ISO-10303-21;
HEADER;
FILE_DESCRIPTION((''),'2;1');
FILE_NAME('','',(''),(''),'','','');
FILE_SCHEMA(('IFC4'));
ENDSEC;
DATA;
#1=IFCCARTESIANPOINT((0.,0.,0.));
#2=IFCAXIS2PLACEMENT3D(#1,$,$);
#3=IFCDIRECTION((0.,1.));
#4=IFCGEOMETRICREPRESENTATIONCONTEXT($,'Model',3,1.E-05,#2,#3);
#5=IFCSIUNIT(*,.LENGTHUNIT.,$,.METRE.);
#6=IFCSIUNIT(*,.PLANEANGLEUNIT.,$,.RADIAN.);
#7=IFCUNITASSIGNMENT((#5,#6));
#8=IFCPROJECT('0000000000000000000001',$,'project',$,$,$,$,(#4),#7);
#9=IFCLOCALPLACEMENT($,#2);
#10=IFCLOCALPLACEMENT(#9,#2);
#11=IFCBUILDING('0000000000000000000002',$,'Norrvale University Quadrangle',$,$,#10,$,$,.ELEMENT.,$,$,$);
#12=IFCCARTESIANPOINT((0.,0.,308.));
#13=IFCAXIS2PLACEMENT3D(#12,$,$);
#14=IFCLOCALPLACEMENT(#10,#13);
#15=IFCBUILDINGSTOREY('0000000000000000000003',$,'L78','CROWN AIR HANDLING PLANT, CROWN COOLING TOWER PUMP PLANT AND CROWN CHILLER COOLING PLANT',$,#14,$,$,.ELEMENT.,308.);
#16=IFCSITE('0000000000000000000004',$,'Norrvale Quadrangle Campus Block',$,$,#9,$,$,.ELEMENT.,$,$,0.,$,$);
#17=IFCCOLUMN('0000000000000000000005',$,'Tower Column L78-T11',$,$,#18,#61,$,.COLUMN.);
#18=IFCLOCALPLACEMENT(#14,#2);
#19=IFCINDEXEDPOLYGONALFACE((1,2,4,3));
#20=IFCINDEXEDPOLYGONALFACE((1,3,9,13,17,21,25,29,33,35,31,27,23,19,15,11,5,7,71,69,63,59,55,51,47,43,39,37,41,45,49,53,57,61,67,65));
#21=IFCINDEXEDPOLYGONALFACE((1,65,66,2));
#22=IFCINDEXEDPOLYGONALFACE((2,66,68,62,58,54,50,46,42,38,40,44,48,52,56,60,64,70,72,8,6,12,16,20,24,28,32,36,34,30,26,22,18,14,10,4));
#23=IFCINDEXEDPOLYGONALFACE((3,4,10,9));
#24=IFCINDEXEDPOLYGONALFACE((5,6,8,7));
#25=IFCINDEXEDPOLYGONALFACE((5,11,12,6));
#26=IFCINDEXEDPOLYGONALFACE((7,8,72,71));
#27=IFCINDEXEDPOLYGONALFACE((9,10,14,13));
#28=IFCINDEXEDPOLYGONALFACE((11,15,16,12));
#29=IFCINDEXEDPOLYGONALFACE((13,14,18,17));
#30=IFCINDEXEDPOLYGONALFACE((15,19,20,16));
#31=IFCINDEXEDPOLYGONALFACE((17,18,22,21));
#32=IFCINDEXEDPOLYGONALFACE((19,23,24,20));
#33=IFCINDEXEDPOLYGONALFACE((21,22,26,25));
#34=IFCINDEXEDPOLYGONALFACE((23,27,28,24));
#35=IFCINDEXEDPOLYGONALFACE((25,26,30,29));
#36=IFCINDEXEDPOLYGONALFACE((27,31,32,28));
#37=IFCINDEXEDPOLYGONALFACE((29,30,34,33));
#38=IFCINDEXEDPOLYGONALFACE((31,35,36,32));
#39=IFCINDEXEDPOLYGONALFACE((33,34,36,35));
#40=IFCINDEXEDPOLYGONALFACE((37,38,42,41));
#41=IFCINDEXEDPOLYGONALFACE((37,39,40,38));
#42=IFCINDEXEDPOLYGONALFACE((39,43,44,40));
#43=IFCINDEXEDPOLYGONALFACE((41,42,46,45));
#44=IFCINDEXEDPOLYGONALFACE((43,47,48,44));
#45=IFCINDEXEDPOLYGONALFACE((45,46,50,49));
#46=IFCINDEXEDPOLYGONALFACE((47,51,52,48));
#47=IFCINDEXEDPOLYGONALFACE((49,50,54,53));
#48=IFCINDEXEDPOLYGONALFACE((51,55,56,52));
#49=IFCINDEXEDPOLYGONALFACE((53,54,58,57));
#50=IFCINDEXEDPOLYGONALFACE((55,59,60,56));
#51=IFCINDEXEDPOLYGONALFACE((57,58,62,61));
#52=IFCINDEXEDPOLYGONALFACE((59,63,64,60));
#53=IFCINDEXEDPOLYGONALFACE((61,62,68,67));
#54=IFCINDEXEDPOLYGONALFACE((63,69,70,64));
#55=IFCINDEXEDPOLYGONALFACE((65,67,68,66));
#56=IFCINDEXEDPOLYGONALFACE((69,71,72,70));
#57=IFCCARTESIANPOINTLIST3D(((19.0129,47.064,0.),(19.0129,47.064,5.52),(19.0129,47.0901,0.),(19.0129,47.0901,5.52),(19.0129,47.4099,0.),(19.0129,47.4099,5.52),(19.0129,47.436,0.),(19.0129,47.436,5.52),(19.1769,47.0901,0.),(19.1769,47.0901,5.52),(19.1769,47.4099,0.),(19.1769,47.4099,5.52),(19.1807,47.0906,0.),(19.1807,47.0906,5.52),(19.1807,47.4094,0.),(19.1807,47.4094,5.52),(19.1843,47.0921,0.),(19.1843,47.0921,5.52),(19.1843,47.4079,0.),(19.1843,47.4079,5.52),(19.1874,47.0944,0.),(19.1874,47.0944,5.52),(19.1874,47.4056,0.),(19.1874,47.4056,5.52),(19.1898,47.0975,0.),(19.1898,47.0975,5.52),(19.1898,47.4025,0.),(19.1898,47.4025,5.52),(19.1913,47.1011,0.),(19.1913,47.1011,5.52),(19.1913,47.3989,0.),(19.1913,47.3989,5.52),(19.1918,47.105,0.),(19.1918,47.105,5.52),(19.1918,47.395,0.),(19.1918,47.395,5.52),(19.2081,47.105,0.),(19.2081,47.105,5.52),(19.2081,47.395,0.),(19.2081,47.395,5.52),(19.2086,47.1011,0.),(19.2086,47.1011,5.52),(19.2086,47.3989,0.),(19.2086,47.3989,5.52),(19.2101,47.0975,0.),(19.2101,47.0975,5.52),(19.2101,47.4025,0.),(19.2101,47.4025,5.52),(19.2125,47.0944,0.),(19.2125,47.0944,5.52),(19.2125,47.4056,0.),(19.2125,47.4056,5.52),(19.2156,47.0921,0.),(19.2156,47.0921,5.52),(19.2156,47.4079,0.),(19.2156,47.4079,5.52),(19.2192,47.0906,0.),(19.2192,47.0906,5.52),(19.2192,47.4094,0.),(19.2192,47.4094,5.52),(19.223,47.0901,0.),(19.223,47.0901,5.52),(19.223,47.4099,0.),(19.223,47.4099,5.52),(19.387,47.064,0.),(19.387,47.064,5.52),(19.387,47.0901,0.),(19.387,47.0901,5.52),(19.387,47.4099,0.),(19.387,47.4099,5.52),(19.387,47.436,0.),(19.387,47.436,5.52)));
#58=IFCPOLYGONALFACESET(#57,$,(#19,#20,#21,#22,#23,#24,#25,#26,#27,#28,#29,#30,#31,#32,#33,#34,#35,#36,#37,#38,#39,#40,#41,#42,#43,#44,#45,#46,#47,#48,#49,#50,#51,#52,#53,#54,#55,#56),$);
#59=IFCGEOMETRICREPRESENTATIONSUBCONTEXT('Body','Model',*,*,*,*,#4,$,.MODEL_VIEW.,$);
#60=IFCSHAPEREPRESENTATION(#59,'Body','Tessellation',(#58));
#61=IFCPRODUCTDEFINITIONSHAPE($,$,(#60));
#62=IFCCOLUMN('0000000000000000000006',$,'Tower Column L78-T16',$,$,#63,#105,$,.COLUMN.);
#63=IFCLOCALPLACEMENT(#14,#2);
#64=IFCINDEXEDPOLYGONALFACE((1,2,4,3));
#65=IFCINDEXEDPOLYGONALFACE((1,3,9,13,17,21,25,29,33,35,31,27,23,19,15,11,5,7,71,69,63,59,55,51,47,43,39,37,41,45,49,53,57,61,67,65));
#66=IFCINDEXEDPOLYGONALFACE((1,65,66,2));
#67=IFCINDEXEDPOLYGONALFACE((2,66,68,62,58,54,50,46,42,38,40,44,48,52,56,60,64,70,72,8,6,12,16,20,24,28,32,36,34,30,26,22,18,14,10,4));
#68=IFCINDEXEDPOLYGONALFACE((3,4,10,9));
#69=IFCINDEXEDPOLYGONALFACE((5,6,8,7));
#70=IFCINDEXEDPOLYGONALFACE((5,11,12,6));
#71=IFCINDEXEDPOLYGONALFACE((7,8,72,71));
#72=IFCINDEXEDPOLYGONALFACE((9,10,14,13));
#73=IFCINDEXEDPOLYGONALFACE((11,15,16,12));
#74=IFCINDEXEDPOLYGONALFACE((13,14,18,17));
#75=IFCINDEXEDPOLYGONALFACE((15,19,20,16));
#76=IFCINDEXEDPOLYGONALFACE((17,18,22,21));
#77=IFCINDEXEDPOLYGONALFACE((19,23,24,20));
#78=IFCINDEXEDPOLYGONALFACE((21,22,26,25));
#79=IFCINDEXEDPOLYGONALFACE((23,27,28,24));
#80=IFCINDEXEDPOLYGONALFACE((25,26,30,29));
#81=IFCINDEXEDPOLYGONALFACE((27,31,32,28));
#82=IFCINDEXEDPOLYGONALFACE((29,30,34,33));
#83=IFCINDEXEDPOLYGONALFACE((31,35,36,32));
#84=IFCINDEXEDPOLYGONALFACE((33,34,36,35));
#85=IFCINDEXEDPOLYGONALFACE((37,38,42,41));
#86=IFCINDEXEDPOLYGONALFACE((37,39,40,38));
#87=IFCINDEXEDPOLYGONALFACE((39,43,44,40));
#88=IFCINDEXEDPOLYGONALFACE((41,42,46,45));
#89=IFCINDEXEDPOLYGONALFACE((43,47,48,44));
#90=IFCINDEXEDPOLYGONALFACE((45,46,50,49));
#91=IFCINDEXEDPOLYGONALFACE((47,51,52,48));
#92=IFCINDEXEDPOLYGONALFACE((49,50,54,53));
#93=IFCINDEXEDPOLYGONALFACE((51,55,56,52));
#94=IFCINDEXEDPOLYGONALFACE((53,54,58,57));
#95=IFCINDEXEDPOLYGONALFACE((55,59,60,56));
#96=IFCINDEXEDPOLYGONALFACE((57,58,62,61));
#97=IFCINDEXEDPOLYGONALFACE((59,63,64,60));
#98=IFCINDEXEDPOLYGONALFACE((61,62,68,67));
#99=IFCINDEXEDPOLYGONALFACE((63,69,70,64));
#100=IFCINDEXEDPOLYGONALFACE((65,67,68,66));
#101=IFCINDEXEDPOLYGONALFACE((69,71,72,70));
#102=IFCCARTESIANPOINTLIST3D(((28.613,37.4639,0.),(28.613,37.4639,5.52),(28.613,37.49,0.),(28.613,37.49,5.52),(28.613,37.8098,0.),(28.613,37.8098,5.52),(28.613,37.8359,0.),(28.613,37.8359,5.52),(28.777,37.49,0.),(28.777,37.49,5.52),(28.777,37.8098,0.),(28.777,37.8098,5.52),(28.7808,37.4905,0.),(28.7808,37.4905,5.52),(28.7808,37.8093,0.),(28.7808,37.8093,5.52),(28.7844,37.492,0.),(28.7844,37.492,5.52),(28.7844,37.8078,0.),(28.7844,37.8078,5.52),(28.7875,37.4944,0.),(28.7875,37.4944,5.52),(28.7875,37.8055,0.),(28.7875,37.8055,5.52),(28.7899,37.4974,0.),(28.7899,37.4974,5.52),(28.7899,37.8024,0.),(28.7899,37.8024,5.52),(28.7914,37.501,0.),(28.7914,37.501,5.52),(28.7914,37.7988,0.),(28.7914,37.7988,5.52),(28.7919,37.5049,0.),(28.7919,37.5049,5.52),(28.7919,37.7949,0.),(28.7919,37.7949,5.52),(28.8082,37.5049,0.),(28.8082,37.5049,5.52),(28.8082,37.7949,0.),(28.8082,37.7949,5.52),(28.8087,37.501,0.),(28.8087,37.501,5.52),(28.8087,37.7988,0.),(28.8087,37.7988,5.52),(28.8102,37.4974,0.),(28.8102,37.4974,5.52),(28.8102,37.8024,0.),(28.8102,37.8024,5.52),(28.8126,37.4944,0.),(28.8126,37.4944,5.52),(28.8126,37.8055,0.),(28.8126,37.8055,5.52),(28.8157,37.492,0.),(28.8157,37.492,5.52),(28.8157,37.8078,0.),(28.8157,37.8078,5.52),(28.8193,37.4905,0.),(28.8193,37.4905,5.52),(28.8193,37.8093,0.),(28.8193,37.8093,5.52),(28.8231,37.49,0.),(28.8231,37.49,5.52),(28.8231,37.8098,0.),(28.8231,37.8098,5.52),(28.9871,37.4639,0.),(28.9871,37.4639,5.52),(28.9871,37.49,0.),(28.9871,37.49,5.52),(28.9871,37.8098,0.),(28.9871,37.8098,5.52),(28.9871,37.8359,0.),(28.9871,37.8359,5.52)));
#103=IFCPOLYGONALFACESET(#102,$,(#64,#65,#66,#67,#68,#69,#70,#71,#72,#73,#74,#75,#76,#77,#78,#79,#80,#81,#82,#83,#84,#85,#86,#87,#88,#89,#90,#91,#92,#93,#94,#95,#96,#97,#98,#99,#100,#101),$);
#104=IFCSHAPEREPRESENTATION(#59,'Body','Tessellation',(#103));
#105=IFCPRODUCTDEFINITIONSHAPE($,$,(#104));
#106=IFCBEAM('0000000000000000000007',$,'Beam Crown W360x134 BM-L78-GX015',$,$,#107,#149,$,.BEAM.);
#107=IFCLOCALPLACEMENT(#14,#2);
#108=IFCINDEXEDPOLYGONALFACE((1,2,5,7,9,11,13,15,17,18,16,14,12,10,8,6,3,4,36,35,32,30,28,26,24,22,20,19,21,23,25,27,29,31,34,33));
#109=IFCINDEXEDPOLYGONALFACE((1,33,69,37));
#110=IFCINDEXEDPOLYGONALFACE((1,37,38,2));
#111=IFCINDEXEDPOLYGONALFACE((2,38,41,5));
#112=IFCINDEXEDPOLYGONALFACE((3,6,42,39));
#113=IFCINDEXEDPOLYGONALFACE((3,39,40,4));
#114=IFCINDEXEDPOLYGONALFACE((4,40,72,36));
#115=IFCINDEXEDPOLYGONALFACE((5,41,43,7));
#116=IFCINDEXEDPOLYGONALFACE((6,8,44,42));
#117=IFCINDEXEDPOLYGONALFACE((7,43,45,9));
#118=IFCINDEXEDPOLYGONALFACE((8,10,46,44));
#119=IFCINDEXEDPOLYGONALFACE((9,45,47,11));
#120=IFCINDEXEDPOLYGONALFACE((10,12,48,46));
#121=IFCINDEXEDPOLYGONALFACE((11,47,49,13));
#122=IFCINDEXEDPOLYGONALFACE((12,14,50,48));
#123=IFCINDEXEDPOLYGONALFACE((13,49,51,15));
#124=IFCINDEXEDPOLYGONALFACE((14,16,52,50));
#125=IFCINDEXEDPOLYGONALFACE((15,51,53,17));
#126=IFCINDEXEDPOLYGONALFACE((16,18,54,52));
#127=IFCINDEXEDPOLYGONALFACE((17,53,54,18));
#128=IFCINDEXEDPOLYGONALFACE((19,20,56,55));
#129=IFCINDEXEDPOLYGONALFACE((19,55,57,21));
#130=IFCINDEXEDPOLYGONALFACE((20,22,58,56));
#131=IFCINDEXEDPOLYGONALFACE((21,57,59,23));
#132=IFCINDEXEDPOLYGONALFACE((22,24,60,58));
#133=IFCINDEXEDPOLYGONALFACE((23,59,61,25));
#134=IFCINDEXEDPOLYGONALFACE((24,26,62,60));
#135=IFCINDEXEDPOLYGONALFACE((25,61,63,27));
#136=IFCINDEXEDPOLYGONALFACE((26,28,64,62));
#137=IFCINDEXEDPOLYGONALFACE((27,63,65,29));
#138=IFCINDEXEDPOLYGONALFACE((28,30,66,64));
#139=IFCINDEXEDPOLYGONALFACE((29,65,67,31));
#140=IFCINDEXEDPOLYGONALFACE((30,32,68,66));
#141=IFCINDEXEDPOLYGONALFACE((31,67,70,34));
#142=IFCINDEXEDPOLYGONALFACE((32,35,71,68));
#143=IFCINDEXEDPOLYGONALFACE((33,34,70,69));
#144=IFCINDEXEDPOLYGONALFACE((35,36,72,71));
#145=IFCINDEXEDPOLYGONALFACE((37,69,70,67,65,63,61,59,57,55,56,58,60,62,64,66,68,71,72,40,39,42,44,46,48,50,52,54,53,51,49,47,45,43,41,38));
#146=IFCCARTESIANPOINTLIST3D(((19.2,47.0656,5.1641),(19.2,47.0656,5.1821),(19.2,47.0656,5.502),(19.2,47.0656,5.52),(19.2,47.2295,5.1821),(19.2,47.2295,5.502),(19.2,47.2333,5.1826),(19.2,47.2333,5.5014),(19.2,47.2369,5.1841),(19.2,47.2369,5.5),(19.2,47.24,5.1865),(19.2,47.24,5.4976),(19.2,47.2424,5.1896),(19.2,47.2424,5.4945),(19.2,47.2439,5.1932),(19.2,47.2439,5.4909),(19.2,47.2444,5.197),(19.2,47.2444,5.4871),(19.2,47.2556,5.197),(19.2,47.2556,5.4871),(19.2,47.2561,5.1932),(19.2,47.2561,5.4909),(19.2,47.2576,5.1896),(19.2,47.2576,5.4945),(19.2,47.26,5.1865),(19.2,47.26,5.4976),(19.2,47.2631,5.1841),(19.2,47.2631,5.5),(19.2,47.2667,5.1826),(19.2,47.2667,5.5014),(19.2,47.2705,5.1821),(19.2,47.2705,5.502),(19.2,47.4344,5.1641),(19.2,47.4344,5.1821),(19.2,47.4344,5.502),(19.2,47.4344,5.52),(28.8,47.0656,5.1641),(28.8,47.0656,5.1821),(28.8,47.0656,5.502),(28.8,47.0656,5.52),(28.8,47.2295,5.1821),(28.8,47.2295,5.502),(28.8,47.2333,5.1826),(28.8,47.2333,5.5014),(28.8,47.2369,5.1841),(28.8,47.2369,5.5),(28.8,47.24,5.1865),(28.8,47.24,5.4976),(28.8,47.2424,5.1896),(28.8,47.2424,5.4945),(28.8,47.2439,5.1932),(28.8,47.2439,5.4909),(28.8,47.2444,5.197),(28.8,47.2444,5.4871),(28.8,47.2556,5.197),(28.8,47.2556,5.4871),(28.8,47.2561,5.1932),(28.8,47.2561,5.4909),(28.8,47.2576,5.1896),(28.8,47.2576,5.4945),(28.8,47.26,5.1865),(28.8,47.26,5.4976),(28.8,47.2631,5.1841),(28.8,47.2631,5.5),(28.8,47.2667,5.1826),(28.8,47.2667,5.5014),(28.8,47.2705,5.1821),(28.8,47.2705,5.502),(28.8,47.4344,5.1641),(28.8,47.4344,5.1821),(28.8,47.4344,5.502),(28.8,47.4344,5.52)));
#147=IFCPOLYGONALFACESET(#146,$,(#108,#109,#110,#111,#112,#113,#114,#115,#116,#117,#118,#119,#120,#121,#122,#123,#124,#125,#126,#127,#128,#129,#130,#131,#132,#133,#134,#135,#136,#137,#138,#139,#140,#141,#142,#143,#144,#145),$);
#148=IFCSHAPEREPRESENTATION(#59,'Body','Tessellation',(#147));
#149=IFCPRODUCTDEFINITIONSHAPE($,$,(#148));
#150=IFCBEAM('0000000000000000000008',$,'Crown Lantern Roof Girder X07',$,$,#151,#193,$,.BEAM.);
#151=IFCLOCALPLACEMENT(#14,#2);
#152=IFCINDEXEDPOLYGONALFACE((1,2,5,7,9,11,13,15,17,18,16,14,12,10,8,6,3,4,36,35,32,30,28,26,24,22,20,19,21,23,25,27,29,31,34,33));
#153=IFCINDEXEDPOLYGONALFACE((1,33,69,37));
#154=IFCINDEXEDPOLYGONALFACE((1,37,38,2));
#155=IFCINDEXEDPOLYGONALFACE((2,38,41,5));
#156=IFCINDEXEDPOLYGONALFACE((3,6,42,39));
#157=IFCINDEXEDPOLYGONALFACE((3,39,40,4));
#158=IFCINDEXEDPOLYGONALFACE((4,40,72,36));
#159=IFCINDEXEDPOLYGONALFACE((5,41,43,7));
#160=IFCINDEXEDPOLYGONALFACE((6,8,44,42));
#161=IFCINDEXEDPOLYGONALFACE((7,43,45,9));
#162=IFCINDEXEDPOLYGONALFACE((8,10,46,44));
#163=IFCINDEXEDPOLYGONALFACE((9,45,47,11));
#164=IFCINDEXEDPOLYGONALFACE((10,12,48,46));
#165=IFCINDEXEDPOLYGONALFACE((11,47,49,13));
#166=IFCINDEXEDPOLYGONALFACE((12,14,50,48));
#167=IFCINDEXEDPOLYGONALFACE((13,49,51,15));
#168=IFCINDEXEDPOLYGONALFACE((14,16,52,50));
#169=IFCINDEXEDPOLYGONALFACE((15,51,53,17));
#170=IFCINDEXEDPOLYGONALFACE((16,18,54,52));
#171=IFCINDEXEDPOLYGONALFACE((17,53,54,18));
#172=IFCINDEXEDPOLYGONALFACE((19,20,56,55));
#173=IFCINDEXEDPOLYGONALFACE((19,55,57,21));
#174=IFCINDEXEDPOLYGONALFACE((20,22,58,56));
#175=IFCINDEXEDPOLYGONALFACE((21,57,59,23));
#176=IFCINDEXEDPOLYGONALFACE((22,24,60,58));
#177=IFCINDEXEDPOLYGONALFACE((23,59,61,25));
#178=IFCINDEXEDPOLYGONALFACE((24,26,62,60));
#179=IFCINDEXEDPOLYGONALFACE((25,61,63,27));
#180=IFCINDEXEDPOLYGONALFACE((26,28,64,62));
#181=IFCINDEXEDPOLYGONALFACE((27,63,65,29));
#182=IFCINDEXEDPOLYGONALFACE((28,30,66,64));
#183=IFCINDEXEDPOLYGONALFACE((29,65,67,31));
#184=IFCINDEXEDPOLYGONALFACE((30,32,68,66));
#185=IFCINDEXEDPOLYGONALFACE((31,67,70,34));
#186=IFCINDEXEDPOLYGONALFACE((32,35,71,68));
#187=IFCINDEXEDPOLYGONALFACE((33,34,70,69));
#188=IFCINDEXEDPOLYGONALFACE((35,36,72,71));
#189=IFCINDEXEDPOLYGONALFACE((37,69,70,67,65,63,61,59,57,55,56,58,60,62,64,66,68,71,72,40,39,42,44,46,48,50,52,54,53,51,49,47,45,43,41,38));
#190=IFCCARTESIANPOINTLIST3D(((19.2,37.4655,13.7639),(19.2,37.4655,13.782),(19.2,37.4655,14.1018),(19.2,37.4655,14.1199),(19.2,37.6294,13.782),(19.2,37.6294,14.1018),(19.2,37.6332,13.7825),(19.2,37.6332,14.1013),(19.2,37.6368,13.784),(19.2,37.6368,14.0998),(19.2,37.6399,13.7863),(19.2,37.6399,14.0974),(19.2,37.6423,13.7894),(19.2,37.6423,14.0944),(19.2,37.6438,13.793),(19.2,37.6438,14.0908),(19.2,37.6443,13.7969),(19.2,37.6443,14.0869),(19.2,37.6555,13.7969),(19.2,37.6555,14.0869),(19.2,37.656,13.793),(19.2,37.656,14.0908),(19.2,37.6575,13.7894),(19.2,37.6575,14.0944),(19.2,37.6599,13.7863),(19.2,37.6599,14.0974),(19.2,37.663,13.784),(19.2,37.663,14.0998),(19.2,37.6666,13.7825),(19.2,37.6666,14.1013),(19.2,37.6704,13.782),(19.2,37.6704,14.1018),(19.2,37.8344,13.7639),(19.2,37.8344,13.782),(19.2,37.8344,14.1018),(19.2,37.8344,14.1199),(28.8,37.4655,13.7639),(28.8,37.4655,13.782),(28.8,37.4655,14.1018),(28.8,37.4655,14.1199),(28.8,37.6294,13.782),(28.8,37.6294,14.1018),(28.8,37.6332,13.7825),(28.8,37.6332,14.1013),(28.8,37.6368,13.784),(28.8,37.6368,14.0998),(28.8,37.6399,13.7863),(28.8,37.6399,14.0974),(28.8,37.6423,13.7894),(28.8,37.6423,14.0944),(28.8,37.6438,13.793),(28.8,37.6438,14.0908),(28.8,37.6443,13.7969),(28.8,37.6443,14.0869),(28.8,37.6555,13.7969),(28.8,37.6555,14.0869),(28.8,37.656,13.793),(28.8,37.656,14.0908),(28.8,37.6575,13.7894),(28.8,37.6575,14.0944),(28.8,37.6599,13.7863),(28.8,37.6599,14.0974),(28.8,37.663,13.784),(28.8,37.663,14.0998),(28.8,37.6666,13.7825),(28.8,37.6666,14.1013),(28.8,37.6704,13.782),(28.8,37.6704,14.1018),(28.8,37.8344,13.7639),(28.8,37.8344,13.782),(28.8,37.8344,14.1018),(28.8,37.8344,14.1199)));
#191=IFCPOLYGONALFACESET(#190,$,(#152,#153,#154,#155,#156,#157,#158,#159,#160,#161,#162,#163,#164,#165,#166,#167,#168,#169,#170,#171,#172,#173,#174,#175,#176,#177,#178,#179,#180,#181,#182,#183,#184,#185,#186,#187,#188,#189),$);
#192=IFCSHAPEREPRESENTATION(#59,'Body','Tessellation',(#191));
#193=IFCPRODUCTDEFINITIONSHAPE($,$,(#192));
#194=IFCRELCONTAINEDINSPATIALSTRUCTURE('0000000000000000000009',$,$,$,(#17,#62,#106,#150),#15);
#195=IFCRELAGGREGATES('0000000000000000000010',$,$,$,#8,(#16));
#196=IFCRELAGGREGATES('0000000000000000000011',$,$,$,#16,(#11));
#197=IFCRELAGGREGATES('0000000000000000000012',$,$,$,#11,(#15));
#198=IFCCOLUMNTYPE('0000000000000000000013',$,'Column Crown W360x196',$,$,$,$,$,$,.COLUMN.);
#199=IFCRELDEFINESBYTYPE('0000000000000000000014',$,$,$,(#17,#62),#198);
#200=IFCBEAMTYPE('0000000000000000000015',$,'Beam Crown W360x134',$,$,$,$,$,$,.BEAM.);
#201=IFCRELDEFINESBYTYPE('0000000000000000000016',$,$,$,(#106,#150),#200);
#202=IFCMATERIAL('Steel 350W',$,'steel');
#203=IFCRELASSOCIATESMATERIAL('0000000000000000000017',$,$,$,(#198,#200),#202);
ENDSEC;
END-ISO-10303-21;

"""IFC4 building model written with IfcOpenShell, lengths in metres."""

from ifc_helpers import new_model, si_unit, direction, frame, origin, origin_2d, place, context, subcontext, project, spatial, i_section, extrude, material, material_profile, profile_set, type_object, element, save


model = new_model("IFC4")

# Units and contexts
model_context = context("Model", 3, precision=1e-05, world=origin(), true_north=direction((0.0, 1.0)))
body_context = subcontext(model_context, "Body", "Model", "MODEL_VIEW")
ifc_project = project(units=[si_unit("LENGTHUNIT", "METRE"), si_unit("PLANEANGLEUNIT", "RADIAN")], contexts=[model_context])

# Site, building, storey
site_placement = place(None, origin())
site = spatial("IfcSite", under=ifc_project, at=site_placement, Name="Norrvale Quadrangle Campus Block", CompositionType="ELEMENT", RefElevation=0.0)
building_placement = place(site_placement, origin())
building = spatial("IfcBuilding", under=site, at=building_placement, Name="Norrvale University Quadrangle", CompositionType="ELEMENT")
storey_placement = place(building_placement, frame((0.0, 0.0, 308.0)))
storey = spatial("IfcBuildingStorey", under=building, at=storey_placement, Name="L78", Description="CROWN AIR HANDLING PLANT, CROWN COOLING TOWER PUMP PLANT AND CROWN CHILLER COOLING PLANT", CompositionType="ELEMENT", Elevation=308.0)

# Columns
ifc_material_1 = material(Name="Steel 350W", Category="steel")
ifc_material_profile_1 = material_profile(ifc_material_1, i_section(OverallWidth=0.374, OverallDepth=0.3721, WebThickness=0.0164, FlangeThickness=0.0261, FilletRadius=0.0149, at=origin_2d()), Name="Steel 350W")
ifc_profile_set_1 = profile_set([ifc_material_profile_1], Name="Steel 350W")
column_type = type_object("IfcColumnType", Name="Column Crown W360x196", PredefinedType="COLUMN", material=ifc_profile_set_1)
for number, where, z_axis, x_axis, name in (
    (1, (19.2, 47.25, 0.0), (0.0, 0.0, 1.0), (1.0, 0.0, 0.0), "Tower Column L78-T11"),
    (2, (28.8, 37.6499, 0.0), (0.0, 0.0, 1.0), (1.0, 0.0, 0.0), "Tower Column L78-T16"),
):
    element("IfcColumn", number, at=place(storey_placement, frame(where, z_axis=z_axis, x_axis=x_axis)), inside=storey, type_object=column_type, Name=name, PredefinedType="COLUMN", context=body_context, shape_type="SweptSolid", body=[
        extrude(i_section(OverallWidth=0.374, OverallDepth=0.3721, WebThickness=0.0164, FlangeThickness=0.0261, FilletRadius=0.0149, at=origin_2d()), origin(), (0.0, 0.0, 1.0), 5.52),
    ])

# Beams
ifc_material_profile_2 = material_profile(ifc_material_1, i_section(OverallWidth=0.3689, OverallDepth=0.356, WebThickness=0.0112, FlangeThickness=0.0181, FilletRadius=0.0149, at=origin_2d()), Name="Steel 350W")
ifc_profile_set_2 = profile_set([ifc_material_profile_2], Name="Steel 350W")
beam_type_1 = type_object("IfcBeamType", Name="Beam Crown W360x134", PredefinedType="BEAM", material=ifc_profile_set_2)
for number, where, z_axis, x_axis, name in (
    (3, (19.2, 47.25, 5.342), (1.0, 0.0, 0.0), (0.0, 1.0, 0.0), "Beam Crown W360x134 BM-L78-GX015"),
    (4, (19.2, 37.6499, 13.9419), (1.0, 0.0, 0.0), (0.0, 1.0, 0.0), "Crown Lantern Roof Girder X07"),
):
    element("IfcBeam", number, at=place(storey_placement, frame(where, z_axis=z_axis, x_axis=x_axis)), inside=storey, type_object=beam_type_1, Name=name, PredefinedType="BEAM", context=body_context, shape_type="SweptSolid", body=[
        extrude(i_section(OverallWidth=0.3689, OverallDepth=0.356, WebThickness=0.0112, FlangeThickness=0.0181, FilletRadius=0.0149, at=origin_2d()), origin(), (0.0, 0.0, 1.0), 9.6001),
    ])

save(model, "model.ifc")
